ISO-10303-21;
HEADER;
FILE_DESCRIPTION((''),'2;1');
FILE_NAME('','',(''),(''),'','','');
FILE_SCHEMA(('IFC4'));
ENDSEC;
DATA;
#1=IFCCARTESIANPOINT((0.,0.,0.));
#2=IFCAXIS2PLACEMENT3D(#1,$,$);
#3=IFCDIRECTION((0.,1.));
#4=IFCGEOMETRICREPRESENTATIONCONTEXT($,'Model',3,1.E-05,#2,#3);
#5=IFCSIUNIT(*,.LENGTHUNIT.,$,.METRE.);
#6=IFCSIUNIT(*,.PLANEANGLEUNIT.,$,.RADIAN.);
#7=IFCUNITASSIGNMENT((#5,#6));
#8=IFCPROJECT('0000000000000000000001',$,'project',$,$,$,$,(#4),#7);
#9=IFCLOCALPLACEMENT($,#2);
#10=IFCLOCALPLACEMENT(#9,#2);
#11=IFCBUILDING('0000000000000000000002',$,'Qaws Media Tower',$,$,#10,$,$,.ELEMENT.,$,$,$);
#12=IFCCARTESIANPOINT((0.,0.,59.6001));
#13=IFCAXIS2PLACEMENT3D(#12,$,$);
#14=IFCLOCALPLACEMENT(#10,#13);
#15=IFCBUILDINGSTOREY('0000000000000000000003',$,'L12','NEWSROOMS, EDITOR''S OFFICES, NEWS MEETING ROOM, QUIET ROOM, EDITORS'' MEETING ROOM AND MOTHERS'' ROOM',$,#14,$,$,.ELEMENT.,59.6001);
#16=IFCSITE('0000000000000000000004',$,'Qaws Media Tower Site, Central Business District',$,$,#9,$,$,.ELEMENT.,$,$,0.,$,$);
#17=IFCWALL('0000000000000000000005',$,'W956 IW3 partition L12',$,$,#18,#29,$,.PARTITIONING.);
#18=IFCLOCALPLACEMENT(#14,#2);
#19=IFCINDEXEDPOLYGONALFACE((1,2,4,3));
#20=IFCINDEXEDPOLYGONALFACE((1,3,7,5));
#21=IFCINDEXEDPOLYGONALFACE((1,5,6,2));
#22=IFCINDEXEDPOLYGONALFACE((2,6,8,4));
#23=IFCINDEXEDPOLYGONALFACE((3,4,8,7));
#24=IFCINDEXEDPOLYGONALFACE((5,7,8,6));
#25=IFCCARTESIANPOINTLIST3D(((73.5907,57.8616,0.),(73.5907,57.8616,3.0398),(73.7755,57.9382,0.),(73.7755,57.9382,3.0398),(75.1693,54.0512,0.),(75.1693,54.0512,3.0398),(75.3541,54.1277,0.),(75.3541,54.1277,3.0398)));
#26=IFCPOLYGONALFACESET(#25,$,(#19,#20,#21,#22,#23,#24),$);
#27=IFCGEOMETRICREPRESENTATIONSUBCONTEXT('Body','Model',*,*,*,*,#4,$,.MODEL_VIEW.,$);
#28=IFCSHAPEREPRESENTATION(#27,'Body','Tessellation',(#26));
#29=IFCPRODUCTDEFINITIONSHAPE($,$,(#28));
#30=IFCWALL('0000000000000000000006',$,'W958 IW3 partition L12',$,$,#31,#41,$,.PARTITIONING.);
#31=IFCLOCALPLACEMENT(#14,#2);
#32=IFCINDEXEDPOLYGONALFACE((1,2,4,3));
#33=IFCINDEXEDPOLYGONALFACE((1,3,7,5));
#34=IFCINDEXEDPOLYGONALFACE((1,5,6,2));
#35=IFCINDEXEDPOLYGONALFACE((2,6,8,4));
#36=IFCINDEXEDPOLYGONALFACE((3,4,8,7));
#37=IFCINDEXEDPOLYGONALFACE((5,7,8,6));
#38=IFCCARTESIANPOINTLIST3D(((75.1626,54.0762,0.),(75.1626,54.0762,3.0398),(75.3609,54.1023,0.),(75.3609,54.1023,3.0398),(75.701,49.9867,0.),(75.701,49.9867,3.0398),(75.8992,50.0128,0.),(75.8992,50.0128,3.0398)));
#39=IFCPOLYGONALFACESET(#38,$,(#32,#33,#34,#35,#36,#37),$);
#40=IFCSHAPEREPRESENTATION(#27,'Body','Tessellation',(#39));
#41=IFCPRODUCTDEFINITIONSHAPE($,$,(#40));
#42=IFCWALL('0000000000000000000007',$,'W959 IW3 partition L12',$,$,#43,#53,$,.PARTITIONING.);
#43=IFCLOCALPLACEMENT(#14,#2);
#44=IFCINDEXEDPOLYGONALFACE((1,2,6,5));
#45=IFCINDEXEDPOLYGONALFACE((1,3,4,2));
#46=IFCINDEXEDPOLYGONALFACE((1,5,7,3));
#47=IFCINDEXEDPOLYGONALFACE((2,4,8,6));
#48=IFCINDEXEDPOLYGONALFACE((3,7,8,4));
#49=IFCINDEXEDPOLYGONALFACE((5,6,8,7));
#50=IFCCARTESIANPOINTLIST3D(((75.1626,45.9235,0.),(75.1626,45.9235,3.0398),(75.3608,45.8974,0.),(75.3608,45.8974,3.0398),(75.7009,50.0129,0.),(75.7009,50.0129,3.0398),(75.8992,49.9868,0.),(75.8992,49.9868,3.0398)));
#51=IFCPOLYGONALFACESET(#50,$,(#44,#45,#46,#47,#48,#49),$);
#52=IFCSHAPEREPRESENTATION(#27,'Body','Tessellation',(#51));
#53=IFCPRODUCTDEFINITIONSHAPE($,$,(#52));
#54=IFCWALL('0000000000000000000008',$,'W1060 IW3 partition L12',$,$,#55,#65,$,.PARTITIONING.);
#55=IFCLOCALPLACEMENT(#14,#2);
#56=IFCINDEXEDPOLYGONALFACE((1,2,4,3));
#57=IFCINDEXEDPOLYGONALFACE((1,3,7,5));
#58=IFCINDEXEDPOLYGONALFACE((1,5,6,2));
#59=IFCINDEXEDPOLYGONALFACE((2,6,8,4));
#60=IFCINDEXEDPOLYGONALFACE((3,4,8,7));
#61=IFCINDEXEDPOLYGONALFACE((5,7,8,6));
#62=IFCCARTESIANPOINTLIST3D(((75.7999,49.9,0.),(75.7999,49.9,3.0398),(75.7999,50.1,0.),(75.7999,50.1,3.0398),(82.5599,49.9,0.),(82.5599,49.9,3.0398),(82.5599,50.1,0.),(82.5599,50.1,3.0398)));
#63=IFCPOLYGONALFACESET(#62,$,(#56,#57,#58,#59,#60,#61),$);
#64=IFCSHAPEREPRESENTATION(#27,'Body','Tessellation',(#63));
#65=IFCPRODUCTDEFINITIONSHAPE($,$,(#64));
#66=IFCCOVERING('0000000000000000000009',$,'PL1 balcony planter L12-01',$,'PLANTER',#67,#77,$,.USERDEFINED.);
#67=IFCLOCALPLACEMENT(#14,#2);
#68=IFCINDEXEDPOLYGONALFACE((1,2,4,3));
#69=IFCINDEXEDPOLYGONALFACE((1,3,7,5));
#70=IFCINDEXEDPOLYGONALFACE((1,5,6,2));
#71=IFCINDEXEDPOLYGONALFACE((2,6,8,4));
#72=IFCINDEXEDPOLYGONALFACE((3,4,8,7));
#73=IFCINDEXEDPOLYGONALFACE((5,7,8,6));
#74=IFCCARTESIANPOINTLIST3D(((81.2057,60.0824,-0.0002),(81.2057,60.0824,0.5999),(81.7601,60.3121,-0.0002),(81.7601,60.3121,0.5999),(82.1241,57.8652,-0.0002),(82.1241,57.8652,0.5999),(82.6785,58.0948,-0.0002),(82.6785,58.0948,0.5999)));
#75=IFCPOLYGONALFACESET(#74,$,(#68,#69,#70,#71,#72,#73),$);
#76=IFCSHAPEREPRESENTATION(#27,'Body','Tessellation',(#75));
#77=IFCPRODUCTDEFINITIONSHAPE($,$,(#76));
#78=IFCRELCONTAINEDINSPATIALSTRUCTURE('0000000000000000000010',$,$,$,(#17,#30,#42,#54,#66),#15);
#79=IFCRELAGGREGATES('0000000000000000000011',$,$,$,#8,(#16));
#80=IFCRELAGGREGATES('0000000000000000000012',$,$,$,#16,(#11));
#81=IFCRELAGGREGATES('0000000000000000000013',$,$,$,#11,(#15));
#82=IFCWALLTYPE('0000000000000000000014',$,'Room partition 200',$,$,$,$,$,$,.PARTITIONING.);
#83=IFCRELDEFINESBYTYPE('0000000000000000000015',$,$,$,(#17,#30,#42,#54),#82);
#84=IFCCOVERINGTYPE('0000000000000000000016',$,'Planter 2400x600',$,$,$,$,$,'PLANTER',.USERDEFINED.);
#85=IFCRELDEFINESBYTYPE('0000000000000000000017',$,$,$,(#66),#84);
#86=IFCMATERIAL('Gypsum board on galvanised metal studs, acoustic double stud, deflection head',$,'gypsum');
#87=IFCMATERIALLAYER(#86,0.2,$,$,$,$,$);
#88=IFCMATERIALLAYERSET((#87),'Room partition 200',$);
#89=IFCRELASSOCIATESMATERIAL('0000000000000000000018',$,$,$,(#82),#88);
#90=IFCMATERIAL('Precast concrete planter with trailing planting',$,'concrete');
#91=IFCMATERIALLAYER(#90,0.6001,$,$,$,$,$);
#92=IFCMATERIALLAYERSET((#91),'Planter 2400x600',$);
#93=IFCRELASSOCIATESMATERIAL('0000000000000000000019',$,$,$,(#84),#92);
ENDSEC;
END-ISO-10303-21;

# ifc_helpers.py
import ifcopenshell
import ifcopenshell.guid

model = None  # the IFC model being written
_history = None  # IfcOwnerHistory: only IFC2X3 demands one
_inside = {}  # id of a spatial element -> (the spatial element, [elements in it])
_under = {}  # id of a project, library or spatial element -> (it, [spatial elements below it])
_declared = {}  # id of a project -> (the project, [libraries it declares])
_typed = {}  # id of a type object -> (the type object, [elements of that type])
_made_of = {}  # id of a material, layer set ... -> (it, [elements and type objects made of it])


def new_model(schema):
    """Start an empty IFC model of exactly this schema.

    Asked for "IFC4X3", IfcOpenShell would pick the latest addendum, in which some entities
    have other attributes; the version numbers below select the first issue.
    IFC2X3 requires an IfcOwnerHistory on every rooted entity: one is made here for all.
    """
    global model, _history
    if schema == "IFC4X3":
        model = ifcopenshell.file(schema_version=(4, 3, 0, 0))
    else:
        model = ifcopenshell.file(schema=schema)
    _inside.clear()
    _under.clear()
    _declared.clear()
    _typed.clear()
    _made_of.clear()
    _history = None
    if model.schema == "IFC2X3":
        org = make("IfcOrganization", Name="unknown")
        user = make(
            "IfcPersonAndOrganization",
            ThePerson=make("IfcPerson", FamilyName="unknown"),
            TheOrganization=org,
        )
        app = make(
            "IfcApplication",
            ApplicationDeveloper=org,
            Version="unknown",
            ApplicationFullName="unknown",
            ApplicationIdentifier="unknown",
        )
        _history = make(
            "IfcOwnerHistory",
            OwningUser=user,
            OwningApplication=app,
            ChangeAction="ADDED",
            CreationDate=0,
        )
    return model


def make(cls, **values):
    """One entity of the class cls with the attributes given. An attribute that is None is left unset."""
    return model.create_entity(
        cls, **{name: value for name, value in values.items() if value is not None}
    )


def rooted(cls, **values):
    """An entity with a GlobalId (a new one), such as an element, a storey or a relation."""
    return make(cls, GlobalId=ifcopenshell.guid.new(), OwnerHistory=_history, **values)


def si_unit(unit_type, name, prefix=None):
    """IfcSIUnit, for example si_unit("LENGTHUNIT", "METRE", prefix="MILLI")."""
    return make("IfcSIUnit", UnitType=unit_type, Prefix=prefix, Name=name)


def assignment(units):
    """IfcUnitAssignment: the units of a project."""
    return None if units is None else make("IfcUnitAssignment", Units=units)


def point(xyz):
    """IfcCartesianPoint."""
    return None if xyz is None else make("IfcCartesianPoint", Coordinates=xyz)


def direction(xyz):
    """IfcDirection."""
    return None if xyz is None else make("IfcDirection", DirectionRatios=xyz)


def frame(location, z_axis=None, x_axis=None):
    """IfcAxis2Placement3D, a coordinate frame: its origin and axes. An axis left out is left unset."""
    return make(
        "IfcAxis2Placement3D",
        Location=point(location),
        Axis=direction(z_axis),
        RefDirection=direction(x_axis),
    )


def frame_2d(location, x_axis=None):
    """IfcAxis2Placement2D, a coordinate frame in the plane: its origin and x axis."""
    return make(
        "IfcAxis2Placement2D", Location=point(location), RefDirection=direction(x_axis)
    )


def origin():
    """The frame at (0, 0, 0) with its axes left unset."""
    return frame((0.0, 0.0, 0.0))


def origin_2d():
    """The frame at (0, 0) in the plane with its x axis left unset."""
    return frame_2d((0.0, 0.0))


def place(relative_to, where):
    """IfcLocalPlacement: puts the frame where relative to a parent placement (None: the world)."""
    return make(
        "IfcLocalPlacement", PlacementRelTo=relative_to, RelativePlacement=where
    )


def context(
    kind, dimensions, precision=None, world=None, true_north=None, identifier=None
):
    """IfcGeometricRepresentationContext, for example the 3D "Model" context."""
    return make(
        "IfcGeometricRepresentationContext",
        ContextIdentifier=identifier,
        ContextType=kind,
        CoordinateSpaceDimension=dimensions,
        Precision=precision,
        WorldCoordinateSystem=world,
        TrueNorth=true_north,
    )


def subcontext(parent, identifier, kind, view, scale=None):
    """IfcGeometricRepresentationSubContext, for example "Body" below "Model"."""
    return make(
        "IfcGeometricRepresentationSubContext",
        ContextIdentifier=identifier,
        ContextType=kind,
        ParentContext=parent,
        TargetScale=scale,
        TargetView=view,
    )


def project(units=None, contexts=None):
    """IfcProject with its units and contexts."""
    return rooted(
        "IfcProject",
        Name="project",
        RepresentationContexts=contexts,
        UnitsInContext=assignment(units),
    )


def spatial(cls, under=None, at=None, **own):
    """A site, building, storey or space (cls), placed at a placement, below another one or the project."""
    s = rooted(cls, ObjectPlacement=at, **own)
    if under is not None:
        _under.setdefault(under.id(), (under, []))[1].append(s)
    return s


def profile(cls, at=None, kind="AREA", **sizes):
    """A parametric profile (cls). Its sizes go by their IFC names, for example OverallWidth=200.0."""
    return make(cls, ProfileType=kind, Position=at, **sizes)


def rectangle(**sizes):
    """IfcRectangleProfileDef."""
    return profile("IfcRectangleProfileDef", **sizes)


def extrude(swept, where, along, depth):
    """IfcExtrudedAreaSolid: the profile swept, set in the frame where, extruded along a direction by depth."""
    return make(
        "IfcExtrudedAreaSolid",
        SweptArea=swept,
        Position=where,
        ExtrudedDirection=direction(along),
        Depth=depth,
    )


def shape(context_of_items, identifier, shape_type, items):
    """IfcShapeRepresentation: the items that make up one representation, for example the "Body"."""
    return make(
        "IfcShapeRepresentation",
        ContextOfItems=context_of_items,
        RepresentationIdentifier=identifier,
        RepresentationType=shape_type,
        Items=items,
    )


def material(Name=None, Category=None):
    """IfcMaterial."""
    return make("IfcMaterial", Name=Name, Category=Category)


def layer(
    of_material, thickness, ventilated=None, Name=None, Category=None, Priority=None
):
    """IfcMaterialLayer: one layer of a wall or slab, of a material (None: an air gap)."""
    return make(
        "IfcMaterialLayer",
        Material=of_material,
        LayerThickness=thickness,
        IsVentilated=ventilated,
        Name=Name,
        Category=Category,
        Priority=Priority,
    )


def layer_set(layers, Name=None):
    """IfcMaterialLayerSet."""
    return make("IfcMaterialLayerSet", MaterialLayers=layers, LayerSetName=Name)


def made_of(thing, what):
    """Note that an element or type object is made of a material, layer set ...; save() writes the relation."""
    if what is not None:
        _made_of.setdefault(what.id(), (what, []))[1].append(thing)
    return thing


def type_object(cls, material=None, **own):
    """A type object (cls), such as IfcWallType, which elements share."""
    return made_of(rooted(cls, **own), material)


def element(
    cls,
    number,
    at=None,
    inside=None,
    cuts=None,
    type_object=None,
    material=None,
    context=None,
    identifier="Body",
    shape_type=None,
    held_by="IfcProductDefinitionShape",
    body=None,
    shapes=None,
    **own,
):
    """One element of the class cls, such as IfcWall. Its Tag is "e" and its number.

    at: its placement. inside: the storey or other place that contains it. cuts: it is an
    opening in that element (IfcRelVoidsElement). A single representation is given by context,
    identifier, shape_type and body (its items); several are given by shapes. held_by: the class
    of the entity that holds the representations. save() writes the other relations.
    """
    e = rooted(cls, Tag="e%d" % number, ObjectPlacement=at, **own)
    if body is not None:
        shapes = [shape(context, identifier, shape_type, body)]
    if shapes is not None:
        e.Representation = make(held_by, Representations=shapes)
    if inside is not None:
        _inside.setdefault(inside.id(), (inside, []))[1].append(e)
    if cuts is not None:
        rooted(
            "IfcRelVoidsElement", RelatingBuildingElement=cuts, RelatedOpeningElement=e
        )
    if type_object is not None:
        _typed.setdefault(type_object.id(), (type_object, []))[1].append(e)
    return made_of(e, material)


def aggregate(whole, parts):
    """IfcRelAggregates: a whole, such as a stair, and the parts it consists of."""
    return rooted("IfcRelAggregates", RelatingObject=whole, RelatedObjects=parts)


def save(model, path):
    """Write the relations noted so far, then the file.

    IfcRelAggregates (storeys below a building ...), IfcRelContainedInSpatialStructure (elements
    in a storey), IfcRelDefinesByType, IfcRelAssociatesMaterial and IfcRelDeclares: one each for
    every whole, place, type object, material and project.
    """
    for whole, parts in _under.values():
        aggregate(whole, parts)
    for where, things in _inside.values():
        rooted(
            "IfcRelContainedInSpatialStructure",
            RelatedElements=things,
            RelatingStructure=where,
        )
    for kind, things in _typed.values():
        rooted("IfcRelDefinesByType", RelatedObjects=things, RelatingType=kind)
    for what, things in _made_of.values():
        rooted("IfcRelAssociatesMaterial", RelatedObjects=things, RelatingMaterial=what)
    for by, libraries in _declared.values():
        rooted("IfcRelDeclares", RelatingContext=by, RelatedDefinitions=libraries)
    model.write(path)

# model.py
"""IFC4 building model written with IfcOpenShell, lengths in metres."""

from ifc_helpers import new_model, si_unit, direction, frame, frame_2d, origin, origin_2d, place, context, subcontext, project, spatial, rectangle, extrude, material, layer, layer_set, type_object, element, save


model = new_model("IFC4")

# Units and contexts
model_context = context("Model", 3, precision=1e-05, world=origin(), true_north=direction((0.0, 1.0)))
body_context = subcontext(model_context, "Body", "Model", "MODEL_VIEW")
ifc_project = project(units=[si_unit("LENGTHUNIT", "METRE"), si_unit("PLANEANGLEUNIT", "RADIAN")], contexts=[model_context])

# Site, building, storey
site_placement = place(None, origin())
site = spatial("IfcSite", under=ifc_project, at=site_placement, Name="Qaws Media Tower Site, Central Business District", CompositionType="ELEMENT", RefElevation=0.0)
building_placement = place(site_placement, origin())
building = spatial("IfcBuilding", under=site, at=building_placement, Name="Qaws Media Tower", CompositionType="ELEMENT")
storey_placement = place(building_placement, frame((0.0, 0.0, 59.6001)))
storey = spatial("IfcBuildingStorey", under=building, at=storey_placement, Name="L12", Description="NEWSROOMS, EDITOR'S OFFICES, NEWS MEETING ROOM, QUIET ROOM, EDITORS' MEETING ROOM AND MOTHERS' ROOM", CompositionType="ELEMENT", Elevation=59.6001)

# Walls
ifc_material_1 = material(Name="Gypsum board on galvanised metal studs, acoustic double stud, deflection head", Category="gypsum")
ifc_layer_1 = layer(ifc_material_1, 0.2)
ifc_layer_set_1 = layer_set([ifc_layer_1], Name="Room partition 200")
wall_type_1 = type_object("IfcWallType", Name="Room partition 200", PredefinedType="PARTITIONING", material=ifc_layer_set_1)
wall_1_placement = place(storey_placement, frame((73.6831, 57.8999, 0.0), z_axis=(0.0, 0.0, 1.0), x_axis=(0.382732, -0.92386, 0.0)))
element("IfcWall", 1, at=wall_1_placement, inside=storey, type_object=wall_type_1, Name="W956 IW3 partition L12", PredefinedType="PARTITIONING", context=body_context, shape_type="SweptSolid", body=[
    extrude(rectangle(XDim=4.1245, YDim=0.2, at=frame_2d((2.0623, 0.0))), origin(), (0.0, 0.0, 1.0), 3.0398),
])
for number, where, z_axis, x_axis, name in (
    (2, (75.2617, 54.0894, 0.0), (0.0, 0.0, 1.0), (0.130516, -0.991446, 0.0), "W958 IW3 partition L12"),
    (3, (75.8, 50.0, 0.0), (0.0, 0.0, 1.0), (-0.130516, -0.991446, 0.0), "W959 IW3 partition L12"),
):
    element("IfcWall", number, at=place(storey_placement, frame(where, z_axis=z_axis, x_axis=x_axis)), inside=storey, type_object=wall_type_1, Name=name, PredefinedType="PARTITIONING", context=body_context, shape_type="SweptSolid", body=[
        extrude(rectangle(XDim=4.1248, YDim=0.2, at=frame_2d((2.0625, 0.0))), origin(), (0.0, 0.0, 1.0), 3.0398),
    ])
wall_2_placement = place(storey_placement, frame((75.8, 50.0, 0.0), z_axis=(0.0, 0.0, 1.0), x_axis=(1.0, 0.0, 0.0)))
element("IfcWall", 4, at=wall_2_placement, inside=storey, type_object=wall_type_1, Name="W1060 IW3 partition L12", PredefinedType="PARTITIONING", context=body_context, shape_type="SweptSolid", body=[
    extrude(rectangle(XDim=6.76, YDim=0.2, at=frame_2d((3.3799, 0.0))), origin(), (0.0, 0.0, 1.0), 3.0398),
])

# Covering
ifc_material_2 = material(Name="Precast concrete planter with trailing planting", Category="concrete")
ifc_layer_2 = layer(ifc_material_2, 0.6001)
ifc_layer_set_2 = layer_set([ifc_layer_2], Name="Planter 2400x600")
covering_type = type_object("IfcCoveringType", Name="Planter 2400x600", ElementType="PLANTER", PredefinedType="USERDEFINED", material=ifc_layer_set_2)
covering_placement = place(storey_placement, frame((81.9421, 59.0886, -0.0002), z_axis=(0.0, 0.0, 1.0), x_axis=(-0.382683, 0.92388, 0.0)))
element("IfcCovering", 5, at=covering_placement, inside=storey, type_object=covering_type, Name="PL1 balcony planter L12-01", ObjectType="PLANTER", PredefinedType="USERDEFINED", context=body_context, shape_type="SweptSolid", body=[
    extrude(rectangle(XDim=2.3999, YDim=0.6001, at=origin_2d()), origin(), (0.0, 0.0, 1.0), 0.6001),
])

save(model, "model.ifc")
